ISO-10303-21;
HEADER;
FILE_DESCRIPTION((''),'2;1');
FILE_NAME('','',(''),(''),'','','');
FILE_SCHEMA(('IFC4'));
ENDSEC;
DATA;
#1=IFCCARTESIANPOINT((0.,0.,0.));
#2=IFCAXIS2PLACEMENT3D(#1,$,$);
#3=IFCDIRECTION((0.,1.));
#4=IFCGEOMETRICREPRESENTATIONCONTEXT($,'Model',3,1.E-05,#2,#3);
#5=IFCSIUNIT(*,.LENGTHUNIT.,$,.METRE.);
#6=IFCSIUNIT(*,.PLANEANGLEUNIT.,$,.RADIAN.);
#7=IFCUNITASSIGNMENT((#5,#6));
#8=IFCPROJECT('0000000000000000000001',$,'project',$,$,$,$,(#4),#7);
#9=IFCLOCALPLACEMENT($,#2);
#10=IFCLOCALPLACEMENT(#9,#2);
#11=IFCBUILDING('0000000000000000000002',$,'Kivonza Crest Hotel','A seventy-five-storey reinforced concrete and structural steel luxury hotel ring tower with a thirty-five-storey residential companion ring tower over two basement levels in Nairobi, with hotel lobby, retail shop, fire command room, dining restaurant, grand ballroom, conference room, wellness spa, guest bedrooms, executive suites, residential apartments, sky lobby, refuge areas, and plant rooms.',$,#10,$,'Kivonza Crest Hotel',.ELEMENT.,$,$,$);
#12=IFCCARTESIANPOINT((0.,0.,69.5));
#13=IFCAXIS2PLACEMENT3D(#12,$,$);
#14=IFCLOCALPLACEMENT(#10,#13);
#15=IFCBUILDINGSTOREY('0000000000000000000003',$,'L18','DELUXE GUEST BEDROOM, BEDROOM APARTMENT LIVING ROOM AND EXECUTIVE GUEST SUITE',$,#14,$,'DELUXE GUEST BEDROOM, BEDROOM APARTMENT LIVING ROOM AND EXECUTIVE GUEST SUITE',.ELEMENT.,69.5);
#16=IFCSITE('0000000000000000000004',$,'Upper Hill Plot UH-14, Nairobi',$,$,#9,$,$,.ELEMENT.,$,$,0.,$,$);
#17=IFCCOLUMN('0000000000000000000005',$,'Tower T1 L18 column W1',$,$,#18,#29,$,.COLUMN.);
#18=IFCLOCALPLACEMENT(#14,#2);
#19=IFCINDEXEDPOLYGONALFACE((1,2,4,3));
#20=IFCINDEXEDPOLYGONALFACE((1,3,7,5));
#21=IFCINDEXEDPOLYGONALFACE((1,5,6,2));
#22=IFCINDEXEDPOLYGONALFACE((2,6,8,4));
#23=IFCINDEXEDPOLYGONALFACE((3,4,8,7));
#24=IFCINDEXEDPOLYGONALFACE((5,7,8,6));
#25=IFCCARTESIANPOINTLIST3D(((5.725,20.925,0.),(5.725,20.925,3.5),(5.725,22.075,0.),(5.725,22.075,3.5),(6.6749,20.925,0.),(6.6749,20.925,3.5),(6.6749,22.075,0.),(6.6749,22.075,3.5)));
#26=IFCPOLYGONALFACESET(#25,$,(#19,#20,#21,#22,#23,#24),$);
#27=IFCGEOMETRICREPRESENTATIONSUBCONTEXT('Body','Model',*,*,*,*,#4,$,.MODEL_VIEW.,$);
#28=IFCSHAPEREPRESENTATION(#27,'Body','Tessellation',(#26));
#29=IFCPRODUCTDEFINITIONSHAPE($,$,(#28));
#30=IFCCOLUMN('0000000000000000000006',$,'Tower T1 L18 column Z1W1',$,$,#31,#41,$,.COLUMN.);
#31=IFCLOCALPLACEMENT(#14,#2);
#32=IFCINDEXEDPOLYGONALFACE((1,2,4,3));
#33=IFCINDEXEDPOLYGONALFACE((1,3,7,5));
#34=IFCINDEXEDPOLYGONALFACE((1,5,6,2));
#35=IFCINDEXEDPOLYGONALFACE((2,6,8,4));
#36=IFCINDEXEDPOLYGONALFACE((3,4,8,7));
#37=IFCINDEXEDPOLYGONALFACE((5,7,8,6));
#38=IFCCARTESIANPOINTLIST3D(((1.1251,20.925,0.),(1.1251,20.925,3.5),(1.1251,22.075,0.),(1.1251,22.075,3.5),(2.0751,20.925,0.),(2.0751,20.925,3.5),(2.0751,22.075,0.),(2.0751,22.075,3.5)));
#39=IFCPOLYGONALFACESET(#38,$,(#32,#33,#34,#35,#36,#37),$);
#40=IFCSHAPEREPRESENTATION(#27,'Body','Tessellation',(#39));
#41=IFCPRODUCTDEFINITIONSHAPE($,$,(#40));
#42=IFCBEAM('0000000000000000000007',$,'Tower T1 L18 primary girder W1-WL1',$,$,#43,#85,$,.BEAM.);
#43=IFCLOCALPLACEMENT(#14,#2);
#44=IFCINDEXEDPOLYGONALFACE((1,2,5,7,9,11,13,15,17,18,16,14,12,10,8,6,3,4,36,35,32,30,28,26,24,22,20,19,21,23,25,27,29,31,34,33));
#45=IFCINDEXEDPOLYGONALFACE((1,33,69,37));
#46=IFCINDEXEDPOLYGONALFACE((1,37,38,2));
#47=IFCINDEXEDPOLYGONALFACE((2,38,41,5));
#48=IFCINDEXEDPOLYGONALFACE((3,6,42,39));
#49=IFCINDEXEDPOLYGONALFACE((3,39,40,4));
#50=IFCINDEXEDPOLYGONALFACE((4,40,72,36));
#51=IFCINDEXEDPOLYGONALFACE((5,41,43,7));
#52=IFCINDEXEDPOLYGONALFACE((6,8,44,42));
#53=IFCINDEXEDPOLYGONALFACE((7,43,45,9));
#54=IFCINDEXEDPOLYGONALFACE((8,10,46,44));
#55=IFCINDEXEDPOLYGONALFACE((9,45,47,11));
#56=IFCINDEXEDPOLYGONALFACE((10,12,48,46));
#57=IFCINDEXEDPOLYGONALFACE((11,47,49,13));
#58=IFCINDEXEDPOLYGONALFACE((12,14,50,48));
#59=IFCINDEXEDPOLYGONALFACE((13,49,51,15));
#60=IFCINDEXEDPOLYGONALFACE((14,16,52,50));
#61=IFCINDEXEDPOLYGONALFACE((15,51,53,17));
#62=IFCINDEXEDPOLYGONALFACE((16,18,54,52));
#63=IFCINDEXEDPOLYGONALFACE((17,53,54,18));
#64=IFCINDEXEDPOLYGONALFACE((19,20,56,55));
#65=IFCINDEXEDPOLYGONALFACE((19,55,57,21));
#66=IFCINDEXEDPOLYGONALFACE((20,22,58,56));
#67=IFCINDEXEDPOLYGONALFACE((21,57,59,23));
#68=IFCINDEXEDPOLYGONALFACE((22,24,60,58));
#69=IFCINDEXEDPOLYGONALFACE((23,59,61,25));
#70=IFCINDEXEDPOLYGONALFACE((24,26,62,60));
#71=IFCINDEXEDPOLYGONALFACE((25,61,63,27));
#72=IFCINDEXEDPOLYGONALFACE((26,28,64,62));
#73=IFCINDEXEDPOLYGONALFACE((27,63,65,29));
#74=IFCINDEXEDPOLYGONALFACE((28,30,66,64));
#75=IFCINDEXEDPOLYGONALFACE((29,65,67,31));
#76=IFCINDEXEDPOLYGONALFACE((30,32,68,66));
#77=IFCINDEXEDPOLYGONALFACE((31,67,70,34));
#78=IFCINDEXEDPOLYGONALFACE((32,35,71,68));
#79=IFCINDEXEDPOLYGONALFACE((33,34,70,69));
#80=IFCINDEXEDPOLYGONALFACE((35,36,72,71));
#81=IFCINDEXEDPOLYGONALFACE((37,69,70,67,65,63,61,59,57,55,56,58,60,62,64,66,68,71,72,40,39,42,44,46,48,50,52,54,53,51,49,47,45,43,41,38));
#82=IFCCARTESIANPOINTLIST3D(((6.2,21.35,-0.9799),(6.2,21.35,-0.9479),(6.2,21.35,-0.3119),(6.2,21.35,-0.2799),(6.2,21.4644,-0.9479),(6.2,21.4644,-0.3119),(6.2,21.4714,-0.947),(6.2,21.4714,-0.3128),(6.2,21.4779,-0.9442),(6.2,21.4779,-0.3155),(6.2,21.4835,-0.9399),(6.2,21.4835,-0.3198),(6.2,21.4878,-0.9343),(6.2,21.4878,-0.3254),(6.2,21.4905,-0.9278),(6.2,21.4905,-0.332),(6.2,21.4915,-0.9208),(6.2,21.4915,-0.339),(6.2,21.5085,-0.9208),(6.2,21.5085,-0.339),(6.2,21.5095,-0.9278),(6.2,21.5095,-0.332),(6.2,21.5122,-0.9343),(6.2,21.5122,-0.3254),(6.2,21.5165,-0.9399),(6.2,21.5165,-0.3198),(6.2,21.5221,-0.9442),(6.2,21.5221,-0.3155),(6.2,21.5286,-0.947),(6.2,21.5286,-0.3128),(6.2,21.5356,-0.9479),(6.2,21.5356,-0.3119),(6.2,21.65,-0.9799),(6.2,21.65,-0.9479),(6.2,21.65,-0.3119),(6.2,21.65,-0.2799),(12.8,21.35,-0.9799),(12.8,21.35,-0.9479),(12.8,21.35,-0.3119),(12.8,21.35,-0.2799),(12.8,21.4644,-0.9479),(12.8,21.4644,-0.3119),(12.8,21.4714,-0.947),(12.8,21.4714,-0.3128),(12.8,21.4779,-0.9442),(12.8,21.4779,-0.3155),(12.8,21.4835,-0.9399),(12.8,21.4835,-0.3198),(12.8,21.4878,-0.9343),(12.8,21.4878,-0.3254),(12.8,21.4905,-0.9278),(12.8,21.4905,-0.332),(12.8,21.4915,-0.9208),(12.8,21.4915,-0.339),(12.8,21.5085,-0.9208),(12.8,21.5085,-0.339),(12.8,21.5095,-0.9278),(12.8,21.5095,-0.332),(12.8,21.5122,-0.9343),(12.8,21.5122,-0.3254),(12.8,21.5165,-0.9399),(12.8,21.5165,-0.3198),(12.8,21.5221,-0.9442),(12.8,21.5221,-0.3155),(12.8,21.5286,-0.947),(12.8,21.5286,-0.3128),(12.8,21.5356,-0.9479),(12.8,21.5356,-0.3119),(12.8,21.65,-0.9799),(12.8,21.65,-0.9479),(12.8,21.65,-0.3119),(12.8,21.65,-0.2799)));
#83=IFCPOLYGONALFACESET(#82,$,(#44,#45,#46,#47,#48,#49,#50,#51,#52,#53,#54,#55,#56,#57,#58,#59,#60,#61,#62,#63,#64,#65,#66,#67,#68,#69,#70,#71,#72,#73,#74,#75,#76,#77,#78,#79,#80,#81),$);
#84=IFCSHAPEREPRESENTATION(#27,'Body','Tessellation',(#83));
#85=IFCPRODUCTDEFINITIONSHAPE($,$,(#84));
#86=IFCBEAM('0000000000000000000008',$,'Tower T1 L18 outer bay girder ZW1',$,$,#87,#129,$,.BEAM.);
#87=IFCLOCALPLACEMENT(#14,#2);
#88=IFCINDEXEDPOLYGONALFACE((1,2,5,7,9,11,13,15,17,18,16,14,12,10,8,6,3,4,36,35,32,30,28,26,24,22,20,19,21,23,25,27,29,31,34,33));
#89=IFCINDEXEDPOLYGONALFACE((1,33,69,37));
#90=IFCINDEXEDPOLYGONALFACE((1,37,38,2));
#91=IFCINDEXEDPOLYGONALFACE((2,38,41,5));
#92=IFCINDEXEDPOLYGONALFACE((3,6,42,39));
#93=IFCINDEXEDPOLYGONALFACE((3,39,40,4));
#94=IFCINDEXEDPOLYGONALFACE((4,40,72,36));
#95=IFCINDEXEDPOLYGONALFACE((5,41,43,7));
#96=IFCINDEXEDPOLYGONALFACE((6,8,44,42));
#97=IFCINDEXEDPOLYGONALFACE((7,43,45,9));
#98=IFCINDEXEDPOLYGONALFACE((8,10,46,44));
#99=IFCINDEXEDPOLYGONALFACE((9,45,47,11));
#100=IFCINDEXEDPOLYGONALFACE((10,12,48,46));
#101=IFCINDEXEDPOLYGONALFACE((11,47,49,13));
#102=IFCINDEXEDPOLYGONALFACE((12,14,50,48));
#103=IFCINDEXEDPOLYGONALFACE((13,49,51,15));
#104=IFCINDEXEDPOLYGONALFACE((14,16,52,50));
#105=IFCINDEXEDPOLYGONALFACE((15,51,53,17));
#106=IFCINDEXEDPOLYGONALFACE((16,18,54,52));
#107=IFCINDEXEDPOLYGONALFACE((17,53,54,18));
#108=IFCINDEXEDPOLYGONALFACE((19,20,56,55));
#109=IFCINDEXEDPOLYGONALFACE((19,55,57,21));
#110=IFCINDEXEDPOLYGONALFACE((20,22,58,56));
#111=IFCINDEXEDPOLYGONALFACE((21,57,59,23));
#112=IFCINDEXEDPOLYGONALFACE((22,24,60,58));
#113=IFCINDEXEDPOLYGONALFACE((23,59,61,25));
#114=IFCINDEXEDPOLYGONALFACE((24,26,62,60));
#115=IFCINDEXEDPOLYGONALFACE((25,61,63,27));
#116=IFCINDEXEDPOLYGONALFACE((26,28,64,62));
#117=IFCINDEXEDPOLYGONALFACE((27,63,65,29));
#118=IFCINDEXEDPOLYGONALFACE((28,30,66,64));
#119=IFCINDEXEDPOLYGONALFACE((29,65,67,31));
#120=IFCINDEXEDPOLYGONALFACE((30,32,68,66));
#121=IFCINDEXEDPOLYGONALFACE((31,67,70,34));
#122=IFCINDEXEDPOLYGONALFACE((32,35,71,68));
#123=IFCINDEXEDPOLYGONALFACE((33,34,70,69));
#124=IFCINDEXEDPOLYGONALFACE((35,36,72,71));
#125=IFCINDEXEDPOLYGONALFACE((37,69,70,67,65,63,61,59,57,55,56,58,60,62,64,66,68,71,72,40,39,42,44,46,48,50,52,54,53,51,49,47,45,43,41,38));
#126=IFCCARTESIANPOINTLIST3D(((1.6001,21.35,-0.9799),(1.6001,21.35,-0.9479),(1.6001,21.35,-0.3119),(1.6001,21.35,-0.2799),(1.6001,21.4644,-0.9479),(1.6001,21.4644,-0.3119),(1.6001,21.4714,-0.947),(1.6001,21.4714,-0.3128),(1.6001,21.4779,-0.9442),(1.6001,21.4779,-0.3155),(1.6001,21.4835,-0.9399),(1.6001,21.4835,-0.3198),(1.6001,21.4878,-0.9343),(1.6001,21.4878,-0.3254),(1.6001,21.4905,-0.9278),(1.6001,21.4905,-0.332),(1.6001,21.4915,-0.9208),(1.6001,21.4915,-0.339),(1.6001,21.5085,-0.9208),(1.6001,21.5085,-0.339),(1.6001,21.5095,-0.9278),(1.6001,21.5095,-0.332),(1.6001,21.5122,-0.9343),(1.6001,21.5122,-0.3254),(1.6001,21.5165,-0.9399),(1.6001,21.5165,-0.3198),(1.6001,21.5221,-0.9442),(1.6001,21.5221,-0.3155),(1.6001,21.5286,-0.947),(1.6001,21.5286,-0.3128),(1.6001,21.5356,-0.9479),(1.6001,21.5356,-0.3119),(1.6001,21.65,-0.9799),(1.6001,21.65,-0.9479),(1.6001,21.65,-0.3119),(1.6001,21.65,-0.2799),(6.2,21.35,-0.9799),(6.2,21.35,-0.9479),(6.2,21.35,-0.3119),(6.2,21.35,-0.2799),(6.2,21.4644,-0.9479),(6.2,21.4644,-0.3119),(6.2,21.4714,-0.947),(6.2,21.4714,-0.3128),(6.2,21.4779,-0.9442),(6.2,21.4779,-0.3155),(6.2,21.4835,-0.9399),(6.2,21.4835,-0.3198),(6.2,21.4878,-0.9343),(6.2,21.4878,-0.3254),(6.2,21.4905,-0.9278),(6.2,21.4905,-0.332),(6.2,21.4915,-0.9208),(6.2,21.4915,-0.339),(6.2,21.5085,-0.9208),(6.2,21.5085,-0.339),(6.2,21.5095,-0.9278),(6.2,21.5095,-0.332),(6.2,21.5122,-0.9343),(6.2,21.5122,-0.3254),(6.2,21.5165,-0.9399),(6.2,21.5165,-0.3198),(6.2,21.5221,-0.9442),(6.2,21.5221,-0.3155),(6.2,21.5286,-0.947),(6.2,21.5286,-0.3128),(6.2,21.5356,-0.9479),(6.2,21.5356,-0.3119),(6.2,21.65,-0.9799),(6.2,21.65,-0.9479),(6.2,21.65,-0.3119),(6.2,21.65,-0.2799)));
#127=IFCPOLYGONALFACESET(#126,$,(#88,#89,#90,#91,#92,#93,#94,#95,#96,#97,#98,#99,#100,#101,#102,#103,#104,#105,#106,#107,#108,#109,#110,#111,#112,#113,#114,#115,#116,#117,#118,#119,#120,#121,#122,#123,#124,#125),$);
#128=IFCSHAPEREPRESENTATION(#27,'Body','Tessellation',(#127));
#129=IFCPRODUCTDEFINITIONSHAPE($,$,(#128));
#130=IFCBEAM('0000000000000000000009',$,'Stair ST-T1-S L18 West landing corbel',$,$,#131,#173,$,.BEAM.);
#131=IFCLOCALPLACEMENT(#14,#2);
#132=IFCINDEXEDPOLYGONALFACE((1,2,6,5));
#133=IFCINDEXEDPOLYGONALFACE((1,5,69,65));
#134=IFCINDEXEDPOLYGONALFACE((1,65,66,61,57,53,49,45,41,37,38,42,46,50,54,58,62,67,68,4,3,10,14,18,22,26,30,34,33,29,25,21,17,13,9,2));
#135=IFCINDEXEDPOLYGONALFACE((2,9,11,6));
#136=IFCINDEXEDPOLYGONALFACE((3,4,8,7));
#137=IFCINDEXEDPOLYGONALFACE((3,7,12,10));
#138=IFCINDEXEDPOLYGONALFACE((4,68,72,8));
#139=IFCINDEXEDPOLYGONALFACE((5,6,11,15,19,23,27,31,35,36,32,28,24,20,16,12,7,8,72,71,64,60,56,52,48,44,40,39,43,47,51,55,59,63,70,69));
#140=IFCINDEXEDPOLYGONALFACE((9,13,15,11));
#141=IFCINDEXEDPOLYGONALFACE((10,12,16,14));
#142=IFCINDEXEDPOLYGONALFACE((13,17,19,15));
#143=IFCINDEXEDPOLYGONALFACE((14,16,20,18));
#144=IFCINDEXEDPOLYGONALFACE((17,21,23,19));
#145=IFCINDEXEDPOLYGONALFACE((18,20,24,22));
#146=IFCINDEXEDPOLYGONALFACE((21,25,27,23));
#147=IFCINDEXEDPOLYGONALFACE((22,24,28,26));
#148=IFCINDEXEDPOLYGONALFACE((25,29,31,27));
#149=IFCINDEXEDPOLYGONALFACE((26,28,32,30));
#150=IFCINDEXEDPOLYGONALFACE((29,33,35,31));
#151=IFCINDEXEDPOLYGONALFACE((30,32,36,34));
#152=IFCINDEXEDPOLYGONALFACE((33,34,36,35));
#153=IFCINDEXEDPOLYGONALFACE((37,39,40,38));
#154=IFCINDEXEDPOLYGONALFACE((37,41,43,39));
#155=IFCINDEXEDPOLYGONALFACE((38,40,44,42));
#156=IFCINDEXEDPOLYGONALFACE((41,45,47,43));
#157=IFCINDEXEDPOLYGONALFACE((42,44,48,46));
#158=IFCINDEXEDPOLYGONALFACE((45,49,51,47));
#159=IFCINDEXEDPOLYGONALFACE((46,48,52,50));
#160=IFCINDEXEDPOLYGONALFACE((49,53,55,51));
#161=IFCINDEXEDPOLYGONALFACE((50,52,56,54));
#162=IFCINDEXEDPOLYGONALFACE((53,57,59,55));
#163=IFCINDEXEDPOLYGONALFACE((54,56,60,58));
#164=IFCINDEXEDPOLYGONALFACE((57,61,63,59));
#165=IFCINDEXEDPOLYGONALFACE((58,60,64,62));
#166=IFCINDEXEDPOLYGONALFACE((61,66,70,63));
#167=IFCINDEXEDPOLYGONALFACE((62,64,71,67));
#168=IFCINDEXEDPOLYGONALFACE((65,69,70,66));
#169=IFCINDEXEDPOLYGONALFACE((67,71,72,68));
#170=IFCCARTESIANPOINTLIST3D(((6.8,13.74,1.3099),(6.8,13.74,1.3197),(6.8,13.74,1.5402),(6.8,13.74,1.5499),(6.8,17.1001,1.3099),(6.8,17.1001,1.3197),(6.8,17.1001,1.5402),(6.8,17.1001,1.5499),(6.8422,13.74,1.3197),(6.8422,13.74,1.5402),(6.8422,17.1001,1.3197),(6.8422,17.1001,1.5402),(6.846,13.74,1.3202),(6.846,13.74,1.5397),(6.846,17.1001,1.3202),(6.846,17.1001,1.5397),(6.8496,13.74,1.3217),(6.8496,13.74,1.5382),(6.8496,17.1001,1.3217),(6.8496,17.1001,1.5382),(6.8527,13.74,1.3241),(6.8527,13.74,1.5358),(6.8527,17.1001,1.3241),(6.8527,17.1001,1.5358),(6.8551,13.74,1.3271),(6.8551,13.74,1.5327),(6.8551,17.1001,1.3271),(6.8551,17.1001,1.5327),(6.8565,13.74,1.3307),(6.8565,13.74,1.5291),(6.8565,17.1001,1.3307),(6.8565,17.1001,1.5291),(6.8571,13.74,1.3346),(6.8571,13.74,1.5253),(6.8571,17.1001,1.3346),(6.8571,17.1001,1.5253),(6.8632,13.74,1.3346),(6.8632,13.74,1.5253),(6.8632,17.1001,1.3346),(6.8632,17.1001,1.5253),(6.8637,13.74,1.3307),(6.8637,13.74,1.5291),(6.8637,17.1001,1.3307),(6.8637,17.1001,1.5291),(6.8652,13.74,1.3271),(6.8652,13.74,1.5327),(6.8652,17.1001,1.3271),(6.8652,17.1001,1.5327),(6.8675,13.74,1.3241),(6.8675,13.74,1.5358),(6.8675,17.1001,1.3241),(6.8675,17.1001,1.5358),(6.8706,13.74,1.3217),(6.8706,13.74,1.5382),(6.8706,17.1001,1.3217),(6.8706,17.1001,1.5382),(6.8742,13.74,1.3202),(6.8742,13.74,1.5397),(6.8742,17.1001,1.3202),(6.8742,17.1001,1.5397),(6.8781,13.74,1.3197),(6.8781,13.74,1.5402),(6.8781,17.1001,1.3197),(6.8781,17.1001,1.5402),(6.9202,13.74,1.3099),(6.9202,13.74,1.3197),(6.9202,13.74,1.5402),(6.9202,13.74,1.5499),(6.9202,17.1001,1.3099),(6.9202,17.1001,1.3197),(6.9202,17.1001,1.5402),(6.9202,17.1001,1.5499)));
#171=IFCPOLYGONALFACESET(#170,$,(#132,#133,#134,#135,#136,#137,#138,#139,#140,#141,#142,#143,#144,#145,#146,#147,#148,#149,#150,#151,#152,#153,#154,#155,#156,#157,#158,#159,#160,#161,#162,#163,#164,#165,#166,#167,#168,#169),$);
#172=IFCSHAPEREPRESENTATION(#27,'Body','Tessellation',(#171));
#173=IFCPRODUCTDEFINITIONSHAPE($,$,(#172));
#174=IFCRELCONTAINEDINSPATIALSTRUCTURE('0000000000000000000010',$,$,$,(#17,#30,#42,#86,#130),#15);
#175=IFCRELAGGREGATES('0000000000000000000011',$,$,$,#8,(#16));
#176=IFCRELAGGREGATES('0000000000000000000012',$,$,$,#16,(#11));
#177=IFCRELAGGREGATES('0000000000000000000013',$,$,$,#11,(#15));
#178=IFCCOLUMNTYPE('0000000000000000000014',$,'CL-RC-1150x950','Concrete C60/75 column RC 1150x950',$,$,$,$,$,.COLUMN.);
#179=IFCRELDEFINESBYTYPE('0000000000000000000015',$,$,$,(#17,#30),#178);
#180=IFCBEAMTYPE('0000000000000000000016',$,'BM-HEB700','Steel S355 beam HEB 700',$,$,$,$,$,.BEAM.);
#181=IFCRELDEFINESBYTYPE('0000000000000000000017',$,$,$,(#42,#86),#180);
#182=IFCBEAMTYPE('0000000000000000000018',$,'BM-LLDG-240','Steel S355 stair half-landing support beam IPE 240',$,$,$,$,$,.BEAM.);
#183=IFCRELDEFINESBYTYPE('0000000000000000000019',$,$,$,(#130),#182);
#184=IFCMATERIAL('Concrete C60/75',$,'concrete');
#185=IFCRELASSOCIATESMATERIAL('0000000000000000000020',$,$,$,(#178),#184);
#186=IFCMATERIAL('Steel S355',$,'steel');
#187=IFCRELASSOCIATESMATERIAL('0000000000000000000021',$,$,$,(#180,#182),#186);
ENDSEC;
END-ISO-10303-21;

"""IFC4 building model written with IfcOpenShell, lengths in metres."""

from ifc_helpers import new_model, si_unit, direction, frame, origin, origin_2d, place, context, subcontext, project, spatial, rectangle, i_section, extrude, material, material_profile, profile_set, type_object, element, save


model = new_model("IFC4")

# Units and contexts
model_context = context("Model", 3, precision=1e-05, world=origin(), true_north=direction((0.0, 1.0)))
body_context = subcontext(model_context, "Body", "Model", "MODEL_VIEW")
ifc_project = project(units=[si_unit("LENGTHUNIT", "METRE"), si_unit("PLANEANGLEUNIT", "RADIAN")], contexts=[model_context])

# Site, building, storey
site_placement = place(None, origin())
site = spatial("IfcSite", under=ifc_project, at=site_placement, Name="Upper Hill Plot UH-14, Nairobi", CompositionType="ELEMENT", RefElevation=0.0)
building_placement = place(site_placement, origin())
building = spatial("IfcBuilding", under=site, at=building_placement, Name="Kivonza Crest Hotel", Description="A seventy-five-storey reinforced concrete and structural steel luxury hotel ring tower with a thirty-five-storey residential companion ring tower over two basement levels in Nairobi, with hotel lobby, retail shop, fire command room, dining restaurant, grand ballroom, conference room, wellness spa, guest bedrooms, executive suites, residential apartments, sky lobby, refuge areas, and plant rooms.", LongName="Kivonza Crest Hotel", CompositionType="ELEMENT")
storey_placement = place(building_placement, frame((0.0, 0.0, 69.5)))
storey = spatial("IfcBuildingStorey", under=building, at=storey_placement, Name="L18", Description="DELUXE GUEST BEDROOM, BEDROOM APARTMENT LIVING ROOM AND EXECUTIVE GUEST SUITE", LongName="DELUXE GUEST BEDROOM, BEDROOM APARTMENT LIVING ROOM AND EXECUTIVE GUEST SUITE", CompositionType="ELEMENT", Elevation=69.5)

# Columns
ifc_material_1 = material(Name="Concrete C60/75", Category="concrete")
ifc_material_profile_1 = material_profile(ifc_material_1, rectangle(XDim=0.95, YDim=1.1499, at=origin_2d()), Name="RC 1150x950")
ifc_profile_set_1 = profile_set([ifc_material_profile_1], Name="Concrete C60/75")
column_type = type_object("IfcColumnType", Name="CL-RC-1150x950", Description="Concrete C60/75 column RC 1150x950", PredefinedType="COLUMN", material=ifc_profile_set_1)
for number, where, z_axis, x_axis, name in (
    (1, (6.2, 21.5, 0.0), (0.0, 0.0, 1.0), (1.0, 0.0, 0.0), "Tower T1 L18 column W1"),
    (2, (1.6001, 21.5, 0.0), (0.0, 0.0, 1.0), (1.0, 0.0, 0.0), "Tower T1 L18 column Z1W1"),
):
    element("IfcColumn", number, at=place(storey_placement, frame(where, z_axis=z_axis, x_axis=x_axis)), inside=storey, type_object=column_type, Name=name, PredefinedType="COLUMN", context=body_context, shape_type="SweptSolid", body=[
        extrude(rectangle(XDim=0.95, YDim=1.1499, at=origin_2d()), origin(), (0.0, 0.0, 1.0), 3.5),
    ])

# Beams
ifc_material_2 = material(Name="Steel S355", Category="steel")
ifc_material_profile_2 = material_profile(ifc_material_2, i_section(OverallWidth=0.3, OverallDepth=0.7, WebThickness=0.0171, FlangeThickness=0.032, FilletRadius=0.0271, at=origin_2d()), Name="HEB 700")
ifc_profile_set_2 = profile_set([ifc_material_profile_2], Name="Steel S355")
beam_type_1 = type_object("IfcBeamType", Name="BM-HEB700", Description="Steel S355 beam HEB 700", PredefinedType="BEAM", material=ifc_profile_set_2)
beam_1_placement = place(storey_placement, frame((6.2, 21.5, -0.6299), z_axis=(1.0, 0.0, 0.0), x_axis=(0.0, 1.0, 0.0)))
element("IfcBeam", 3, at=beam_1_placement, inside=storey, type_object=beam_type_1, Name="Tower T1 L18 primary girder W1-WL1", PredefinedType="BEAM", context=body_context, shape_type="SweptSolid", body=[
    extrude(i_section(OverallWidth=0.3, OverallDepth=0.7, WebThickness=0.0171, FlangeThickness=0.032, FilletRadius=0.0271, at=origin_2d()), origin(), (0.0, 0.0, 1.0), 6.6001),
])
beam_2_placement = place(storey_placement, frame((1.6001, 21.5, -0.6299), z_axis=(1.0, 0.0, 0.0), x_axis=(0.0, 1.0, 0.0)))
element("IfcBeam", 4, at=beam_2_placement, inside=storey, type_object=beam_type_1, Name="Tower T1 L18 outer bay girder ZW1", PredefinedType="BEAM", context=body_context, shape_type="SweptSolid", body=[
    extrude(i_section(OverallWidth=0.3, OverallDepth=0.7, WebThickness=0.0171, FlangeThickness=0.032, FilletRadius=0.0271, at=origin_2d()), origin(), (0.0, 0.0, 1.0), 4.5999),
])
ifc_material_profile_3 = material_profile(ifc_material_2, i_section(OverallWidth=0.1201, OverallDepth=0.24, WebThickness=0.0061, FlangeThickness=0.0098, FilletRadius=0.0149, at=origin_2d()), Name="IPE 240")
ifc_profile_set_3 = profile_set([ifc_material_profile_3], Name="Steel S355")
beam_type_2 = type_object("IfcBeamType", Name="BM-LLDG-240", Description="Steel S355 stair half-landing support beam IPE 240", PredefinedType="BEAM", material=ifc_profile_set_3)
beam_3_placement = place(storey_placement, frame((6.8601, 13.74, 1.4299), z_axis=(0.0, 1.0, 0.0), x_axis=(-1.0, 0.0, 0.0)))
element("IfcBeam", 5, at=beam_3_placement, inside=storey, type_object=beam_type_2, Name="Stair ST-T1-S L18 West landing corbel", PredefinedType="BEAM", context=body_context, shape_type="SweptSolid", body=[
    extrude(i_section(OverallWidth=0.1201, OverallDepth=0.24, WebThickness=0.0061, FlangeThickness=0.0098, FilletRadius=0.0149, at=origin_2d()), origin(), (0.0, 0.0, 1.0), 3.3601),
])

save(model, "model.ifc")
